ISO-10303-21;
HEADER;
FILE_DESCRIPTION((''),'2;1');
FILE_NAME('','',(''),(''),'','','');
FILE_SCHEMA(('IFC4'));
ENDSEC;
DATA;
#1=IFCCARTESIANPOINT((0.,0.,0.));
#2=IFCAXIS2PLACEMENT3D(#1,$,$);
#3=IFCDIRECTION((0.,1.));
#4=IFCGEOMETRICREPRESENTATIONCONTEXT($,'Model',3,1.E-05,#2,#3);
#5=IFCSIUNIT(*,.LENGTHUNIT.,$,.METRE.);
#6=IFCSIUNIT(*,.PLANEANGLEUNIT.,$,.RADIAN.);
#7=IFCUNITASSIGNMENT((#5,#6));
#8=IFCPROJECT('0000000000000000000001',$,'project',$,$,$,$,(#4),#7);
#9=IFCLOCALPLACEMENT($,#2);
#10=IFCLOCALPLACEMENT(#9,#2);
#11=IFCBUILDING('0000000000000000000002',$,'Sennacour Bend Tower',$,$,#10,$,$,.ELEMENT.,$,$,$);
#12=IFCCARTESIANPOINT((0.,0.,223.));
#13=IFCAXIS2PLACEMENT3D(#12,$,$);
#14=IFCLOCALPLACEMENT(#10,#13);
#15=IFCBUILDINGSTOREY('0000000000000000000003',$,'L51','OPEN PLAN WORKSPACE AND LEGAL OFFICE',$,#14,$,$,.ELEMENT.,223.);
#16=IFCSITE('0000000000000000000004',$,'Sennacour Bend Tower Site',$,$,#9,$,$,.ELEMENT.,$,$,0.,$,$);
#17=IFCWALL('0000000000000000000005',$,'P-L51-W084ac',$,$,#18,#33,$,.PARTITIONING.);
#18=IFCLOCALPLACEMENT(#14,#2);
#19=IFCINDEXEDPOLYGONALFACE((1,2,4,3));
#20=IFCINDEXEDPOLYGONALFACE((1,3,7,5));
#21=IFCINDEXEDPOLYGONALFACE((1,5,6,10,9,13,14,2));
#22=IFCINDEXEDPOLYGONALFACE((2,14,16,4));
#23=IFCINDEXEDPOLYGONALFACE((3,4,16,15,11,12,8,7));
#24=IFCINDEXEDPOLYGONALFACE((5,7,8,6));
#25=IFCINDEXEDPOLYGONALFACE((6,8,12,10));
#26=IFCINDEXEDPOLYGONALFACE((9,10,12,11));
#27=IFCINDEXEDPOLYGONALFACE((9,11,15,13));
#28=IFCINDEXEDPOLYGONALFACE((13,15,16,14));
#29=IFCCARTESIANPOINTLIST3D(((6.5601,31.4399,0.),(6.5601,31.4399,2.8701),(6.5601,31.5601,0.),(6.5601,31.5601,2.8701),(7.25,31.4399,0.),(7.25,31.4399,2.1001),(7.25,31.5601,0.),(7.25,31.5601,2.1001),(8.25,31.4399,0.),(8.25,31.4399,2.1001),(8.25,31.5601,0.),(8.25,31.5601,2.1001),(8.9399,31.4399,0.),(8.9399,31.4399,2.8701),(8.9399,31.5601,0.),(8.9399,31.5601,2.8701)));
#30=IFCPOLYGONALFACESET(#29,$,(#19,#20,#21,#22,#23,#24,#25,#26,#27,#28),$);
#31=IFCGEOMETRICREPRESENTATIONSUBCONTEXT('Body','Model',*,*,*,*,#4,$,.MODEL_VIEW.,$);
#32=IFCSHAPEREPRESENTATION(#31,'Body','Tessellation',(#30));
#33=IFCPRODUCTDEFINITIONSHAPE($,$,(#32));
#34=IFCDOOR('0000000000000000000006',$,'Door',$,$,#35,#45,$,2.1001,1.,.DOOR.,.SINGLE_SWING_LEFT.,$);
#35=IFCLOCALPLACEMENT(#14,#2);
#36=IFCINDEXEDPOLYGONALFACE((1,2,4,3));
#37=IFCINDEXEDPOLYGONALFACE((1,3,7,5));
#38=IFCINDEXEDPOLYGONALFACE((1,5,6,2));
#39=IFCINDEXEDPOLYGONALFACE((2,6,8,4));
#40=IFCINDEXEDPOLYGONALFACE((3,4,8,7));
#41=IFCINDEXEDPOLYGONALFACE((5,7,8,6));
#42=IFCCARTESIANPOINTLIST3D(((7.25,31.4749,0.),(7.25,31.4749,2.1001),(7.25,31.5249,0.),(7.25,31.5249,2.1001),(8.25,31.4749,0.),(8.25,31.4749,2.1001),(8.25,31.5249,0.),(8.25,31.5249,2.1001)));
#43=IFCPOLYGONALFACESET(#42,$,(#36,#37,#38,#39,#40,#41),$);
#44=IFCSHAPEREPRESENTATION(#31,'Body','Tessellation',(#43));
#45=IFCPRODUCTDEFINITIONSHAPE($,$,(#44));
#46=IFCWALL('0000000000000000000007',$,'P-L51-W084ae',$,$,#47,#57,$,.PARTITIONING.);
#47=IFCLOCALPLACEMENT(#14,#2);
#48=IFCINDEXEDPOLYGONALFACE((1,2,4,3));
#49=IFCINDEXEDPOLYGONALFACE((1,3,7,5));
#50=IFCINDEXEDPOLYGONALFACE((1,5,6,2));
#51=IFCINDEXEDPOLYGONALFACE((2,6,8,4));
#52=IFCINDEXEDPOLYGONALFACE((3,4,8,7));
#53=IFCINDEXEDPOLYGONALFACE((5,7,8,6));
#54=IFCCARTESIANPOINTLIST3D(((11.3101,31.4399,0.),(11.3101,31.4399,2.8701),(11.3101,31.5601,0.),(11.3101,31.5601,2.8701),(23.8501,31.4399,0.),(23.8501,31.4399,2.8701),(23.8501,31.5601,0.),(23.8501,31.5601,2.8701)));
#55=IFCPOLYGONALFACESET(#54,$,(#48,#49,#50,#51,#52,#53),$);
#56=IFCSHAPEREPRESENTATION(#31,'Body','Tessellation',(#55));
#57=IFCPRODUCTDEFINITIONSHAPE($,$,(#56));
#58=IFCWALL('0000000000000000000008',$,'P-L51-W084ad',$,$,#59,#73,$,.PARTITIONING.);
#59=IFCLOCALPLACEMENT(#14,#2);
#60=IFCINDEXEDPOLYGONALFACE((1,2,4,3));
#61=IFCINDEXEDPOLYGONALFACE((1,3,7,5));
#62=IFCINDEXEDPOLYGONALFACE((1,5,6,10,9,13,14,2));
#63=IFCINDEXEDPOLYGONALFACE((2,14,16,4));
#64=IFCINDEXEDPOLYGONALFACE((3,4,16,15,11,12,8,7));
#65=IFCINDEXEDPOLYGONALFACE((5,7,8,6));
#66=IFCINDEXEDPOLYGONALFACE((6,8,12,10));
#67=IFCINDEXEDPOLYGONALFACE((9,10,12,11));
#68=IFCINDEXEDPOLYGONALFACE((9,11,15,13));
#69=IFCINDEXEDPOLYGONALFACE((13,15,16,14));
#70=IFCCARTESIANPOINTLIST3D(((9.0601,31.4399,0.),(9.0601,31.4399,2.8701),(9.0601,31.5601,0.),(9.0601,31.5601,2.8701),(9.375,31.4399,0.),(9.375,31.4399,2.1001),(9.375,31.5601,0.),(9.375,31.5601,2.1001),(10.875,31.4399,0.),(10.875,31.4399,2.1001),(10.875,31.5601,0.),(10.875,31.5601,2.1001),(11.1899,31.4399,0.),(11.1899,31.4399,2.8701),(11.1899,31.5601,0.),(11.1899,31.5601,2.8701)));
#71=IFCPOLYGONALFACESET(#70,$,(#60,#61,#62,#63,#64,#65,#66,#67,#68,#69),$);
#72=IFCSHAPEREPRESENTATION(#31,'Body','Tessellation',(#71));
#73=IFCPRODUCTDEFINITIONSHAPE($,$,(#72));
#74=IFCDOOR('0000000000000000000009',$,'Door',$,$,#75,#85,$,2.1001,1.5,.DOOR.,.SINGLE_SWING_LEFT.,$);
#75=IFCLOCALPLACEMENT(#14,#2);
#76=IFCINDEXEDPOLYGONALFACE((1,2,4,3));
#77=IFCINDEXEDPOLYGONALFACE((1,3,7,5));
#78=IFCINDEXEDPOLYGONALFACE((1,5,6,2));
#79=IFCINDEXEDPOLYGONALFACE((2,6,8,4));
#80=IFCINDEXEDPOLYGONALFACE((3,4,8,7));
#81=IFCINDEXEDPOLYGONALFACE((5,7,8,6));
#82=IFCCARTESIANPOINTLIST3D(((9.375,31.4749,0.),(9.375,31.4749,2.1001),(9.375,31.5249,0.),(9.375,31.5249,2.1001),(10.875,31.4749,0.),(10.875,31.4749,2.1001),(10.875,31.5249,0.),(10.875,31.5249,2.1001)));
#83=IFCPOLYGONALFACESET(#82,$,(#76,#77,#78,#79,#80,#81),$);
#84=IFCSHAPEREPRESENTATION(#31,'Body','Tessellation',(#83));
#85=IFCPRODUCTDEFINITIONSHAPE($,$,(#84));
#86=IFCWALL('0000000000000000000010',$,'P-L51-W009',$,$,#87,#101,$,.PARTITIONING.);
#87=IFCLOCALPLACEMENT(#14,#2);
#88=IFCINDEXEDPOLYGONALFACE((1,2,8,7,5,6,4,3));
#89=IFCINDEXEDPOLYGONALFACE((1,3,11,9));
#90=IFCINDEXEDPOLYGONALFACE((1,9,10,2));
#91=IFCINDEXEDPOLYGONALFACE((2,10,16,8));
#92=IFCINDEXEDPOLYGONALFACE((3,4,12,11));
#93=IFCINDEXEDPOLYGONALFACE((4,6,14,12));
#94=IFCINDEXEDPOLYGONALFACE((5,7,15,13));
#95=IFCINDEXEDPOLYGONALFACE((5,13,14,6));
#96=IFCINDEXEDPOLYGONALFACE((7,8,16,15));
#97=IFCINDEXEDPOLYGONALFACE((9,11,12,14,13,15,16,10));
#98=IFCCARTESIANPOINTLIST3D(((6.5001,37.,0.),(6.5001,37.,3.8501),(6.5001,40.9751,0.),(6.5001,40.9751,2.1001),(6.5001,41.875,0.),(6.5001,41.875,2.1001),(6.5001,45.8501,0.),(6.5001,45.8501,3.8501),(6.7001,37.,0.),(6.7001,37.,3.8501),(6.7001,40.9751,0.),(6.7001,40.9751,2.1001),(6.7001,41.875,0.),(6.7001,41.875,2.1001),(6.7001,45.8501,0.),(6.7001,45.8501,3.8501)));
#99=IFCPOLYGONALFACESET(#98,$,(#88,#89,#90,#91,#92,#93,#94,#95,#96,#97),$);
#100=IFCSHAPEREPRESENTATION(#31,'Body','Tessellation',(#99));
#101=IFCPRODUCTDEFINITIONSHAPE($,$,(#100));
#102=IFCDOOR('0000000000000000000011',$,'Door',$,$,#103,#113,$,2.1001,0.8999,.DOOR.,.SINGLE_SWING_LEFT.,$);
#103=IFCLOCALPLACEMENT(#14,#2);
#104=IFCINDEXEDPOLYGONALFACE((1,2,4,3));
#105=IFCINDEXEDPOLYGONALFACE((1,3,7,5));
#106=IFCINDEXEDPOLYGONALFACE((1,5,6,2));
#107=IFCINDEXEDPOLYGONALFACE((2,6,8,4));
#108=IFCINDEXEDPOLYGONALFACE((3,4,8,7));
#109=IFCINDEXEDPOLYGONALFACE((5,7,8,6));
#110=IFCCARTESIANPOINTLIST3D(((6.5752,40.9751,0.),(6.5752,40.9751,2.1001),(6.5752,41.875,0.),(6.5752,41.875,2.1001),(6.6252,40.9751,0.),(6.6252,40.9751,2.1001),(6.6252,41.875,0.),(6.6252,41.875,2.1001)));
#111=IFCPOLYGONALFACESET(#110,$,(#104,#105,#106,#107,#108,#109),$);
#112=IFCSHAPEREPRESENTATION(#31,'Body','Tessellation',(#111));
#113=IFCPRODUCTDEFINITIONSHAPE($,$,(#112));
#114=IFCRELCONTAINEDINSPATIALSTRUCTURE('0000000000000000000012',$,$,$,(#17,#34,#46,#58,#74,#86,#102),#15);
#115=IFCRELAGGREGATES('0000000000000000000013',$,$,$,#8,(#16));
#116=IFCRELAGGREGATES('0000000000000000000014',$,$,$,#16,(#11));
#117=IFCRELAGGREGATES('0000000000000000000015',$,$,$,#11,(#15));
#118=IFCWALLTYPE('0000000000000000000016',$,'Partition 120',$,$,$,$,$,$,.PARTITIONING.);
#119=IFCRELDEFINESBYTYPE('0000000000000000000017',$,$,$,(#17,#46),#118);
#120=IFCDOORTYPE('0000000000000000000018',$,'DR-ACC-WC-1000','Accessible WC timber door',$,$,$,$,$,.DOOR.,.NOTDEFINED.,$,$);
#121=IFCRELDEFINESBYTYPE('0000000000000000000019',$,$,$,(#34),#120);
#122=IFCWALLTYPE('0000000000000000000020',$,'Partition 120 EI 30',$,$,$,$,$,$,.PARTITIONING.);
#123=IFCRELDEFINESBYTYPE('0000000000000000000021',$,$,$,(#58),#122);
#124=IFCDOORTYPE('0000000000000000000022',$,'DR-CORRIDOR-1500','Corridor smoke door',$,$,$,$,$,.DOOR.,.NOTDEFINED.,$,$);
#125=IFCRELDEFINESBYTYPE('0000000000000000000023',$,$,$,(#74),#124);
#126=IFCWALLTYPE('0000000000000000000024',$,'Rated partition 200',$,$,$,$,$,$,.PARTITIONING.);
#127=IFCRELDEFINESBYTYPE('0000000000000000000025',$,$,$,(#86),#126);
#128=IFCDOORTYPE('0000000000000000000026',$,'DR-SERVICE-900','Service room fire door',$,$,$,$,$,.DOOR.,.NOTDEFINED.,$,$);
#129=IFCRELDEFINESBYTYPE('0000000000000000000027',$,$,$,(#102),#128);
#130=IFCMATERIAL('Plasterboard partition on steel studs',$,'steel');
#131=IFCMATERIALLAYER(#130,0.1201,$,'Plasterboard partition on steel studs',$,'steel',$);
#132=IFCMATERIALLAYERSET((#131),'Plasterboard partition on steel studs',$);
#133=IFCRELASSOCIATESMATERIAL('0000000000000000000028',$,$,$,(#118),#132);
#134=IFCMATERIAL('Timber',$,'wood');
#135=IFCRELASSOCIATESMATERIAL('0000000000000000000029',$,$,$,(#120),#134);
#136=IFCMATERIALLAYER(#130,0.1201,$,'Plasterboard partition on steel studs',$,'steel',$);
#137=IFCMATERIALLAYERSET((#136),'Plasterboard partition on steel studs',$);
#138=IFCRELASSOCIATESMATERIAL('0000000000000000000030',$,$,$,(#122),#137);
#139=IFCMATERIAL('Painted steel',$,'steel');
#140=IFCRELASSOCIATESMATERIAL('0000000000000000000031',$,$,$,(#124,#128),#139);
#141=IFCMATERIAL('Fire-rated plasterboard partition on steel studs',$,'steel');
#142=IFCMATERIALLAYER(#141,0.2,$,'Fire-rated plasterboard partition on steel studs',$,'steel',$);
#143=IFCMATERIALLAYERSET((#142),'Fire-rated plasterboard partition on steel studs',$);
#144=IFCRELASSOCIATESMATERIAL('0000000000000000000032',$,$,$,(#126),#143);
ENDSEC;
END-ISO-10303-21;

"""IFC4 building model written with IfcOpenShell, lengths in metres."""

from ifc_helpers import new_model, si_unit, direction, frame, frame_2d, origin, place, context, subcontext, project, spatial, rectangle, extrude, material, layer, layer_set, type_object, element, fill, save


model = new_model("IFC4")

# Units and contexts
model_context = context("Model", 3, precision=1e-05, world=origin(), true_north=direction((0.0, 1.0)))
body_context = subcontext(model_context, "Body", "Model", "MODEL_VIEW")
ifc_project = project(units=[si_unit("LENGTHUNIT", "METRE"), si_unit("PLANEANGLEUNIT", "RADIAN")], contexts=[model_context])

# Site, building, storey
site_placement = place(None, origin())
site = spatial("IfcSite", under=ifc_project, at=site_placement, Name="Sennacour Bend Tower Site", CompositionType="ELEMENT", RefElevation=0.0)
building_placement = place(site_placement, origin())
building = spatial("IfcBuilding", under=site, at=building_placement, Name="Sennacour Bend Tower", CompositionType="ELEMENT")
storey_placement = place(building_placement, frame((0.0, 0.0, 223.0)))
storey = spatial("IfcBuildingStorey", under=building, at=storey_placement, Name="L51", Description="OPEN PLAN WORKSPACE AND LEGAL OFFICE", CompositionType="ELEMENT", Elevation=223.0)

# Shared definitions
ifc_material_1 = material(Name="Plasterboard partition on steel studs", Category="steel")
ifc_layer_1 = layer(ifc_material_1, 0.1201, Name="Plasterboard partition on steel studs", Category="steel")
ifc_layer_set_1 = layer_set([ifc_layer_1], Name="Plasterboard partition on steel studs")
wall_type_1 = type_object("IfcWallType", Name="Partition 120", PredefinedType="PARTITIONING", material=ifc_layer_set_1)

# Wall, opening, door
wall_1_placement = place(storey_placement, frame((6.5601, 31.5, 0.0), z_axis=(0.0, 0.0, 1.0), x_axis=(1.0, 0.0, 0.0)))
wall_1 = element("IfcWall", 1, at=wall_1_placement, inside=storey, type_object=wall_type_1, Name="P-L51-W084ac", PredefinedType="PARTITIONING", context=body_context, shape_type="SweptSolid", body=[
    extrude(rectangle(XDim=2.3799, YDim=0.1201, at=frame_2d((1.1899, 0.0))), origin(), (0.0, 0.0, 1.0), 2.8701),
])
opening_1_placement = place(wall_1_placement, frame((0.6899, 0.0, 0.0)))
opening_1 = element("IfcOpeningElement", 2, at=opening_1_placement, cuts=wall_1, PredefinedType="OPENING", context=body_context, shape_type="SweptSolid", body=[
    extrude(rectangle(XDim=1.0, YDim=2.1001, at=frame_2d((0.5, 1.05))), frame((0.0, 0.0701, 0.0), z_axis=(0.0, -1.0, 0.0), x_axis=(1.0, 0.0, 0.0)), (0.0, 0.0, 1.0), 0.1401),
])
ifc_material_2 = material(Name="Timber", Category="wood")
door_type_1 = type_object("IfcDoorType", Name="DR-ACC-WC-1000", Description="Accessible WC timber door", OperationType="NOTDEFINED", PredefinedType="DOOR", material=ifc_material_2)
door_1_placement = place(opening_1_placement, origin())
door_1 = element("IfcDoor", 3, at=door_1_placement, inside=storey, type_object=door_type_1, Name="Door", OperationType="SINGLE_SWING_LEFT", OverallHeight=2.1001, OverallWidth=1.0, PredefinedType="DOOR", context=body_context, shape_type="SweptSolid", body=[
    extrude(rectangle(XDim=1.0, YDim=2.1001, at=frame_2d((0.5, 1.05))), frame((0.0, 0.0249, 0.0), z_axis=(0.0, -1.0, 0.0), x_axis=(1.0, 0.0, 0.0)), (0.0, 0.0, 1.0), 0.05),
])
fill(opening_1, door_1)

# Wall
wall_2_placement = place(storey_placement, frame((11.3101, 31.5, 0.0), z_axis=(0.0, 0.0, 1.0), x_axis=(1.0, 0.0, 0.0)))
element("IfcWall", 4, at=wall_2_placement, inside=storey, type_object=wall_type_1, Name="P-L51-W084ae", PredefinedType="PARTITIONING", context=body_context, shape_type="SweptSolid", body=[
    extrude(rectangle(XDim=12.54, YDim=0.1201, at=frame_2d((6.27, 0.0))), origin(), (0.0, 0.0, 1.0), 2.8701),
])

# Walls, openings, doors
ifc_layer_2 = layer(ifc_material_1, 0.1201, Name="Plasterboard partition on steel studs", Category="steel")
ifc_layer_set_2 = layer_set([ifc_layer_2], Name="Plasterboard partition on steel studs")
wall_type_2 = type_object("IfcWallType", Name="Partition 120 EI 30", PredefinedType="PARTITIONING", material=ifc_layer_set_2)
wall_3_placement = place(storey_placement, frame((9.0601, 31.5, 0.0), z_axis=(0.0, 0.0, 1.0), x_axis=(1.0, 0.0, 0.0)))
wall_3 = element("IfcWall", 5, at=wall_3_placement, inside=storey, type_object=wall_type_2, Name="P-L51-W084ad", PredefinedType="PARTITIONING", context=body_context, shape_type="SweptSolid", body=[
    extrude(rectangle(XDim=2.1299, YDim=0.1201, at=frame_2d((1.0649, 0.0))), origin(), (0.0, 0.0, 1.0), 2.8701),
])
opening_2_placement = place(wall_3_placement, frame((0.3149, 0.0, 0.0)))
opening_2 = element("IfcOpeningElement", 6, at=opening_2_placement, cuts=wall_3, PredefinedType="OPENING", context=body_context, shape_type="SweptSolid", body=[
    extrude(rectangle(XDim=1.5, YDim=2.1001, at=frame_2d((0.75, 1.05))), frame((0.0, 0.0701, 0.0), z_axis=(0.0, -1.0, 0.0), x_axis=(1.0, 0.0, 0.0)), (0.0, 0.0, 1.0), 0.1401),
])
ifc_material_3 = material(Name="Painted steel", Category="steel")
door_type_2 = type_object("IfcDoorType", Name="DR-CORRIDOR-1500", Description="Corridor smoke door", OperationType="NOTDEFINED", PredefinedType="DOOR", material=ifc_material_3)
door_2_placement = place(opening_2_placement, origin())
door_2 = element("IfcDoor", 7, at=door_2_placement, inside=storey, type_object=door_type_2, Name="Door", OperationType="SINGLE_SWING_LEFT", OverallHeight=2.1001, OverallWidth=1.5, PredefinedType="DOOR", context=body_context, shape_type="SweptSolid", body=[
    extrude(rectangle(XDim=1.5, YDim=2.1001, at=frame_2d((0.75, 1.05))), frame((0.0, 0.0249, 0.0), z_axis=(0.0, -1.0, 0.0), x_axis=(1.0, 0.0, 0.0)), (0.0, 0.0, 1.0), 0.05),
])
fill(opening_2, door_2)
ifc_material_4 = material(Name="Fire-rated plasterboard partition on steel studs", Category="steel")
ifc_layer_3 = layer(ifc_material_4, 0.2, Name="Fire-rated plasterboard partition on steel studs", Category="steel")
ifc_layer_set_3 = layer_set([ifc_layer_3], Name="Fire-rated plasterboard partition on steel studs")
wall_type_3 = type_object("IfcWallType", Name="Rated partition 200", PredefinedType="PARTITIONING", material=ifc_layer_set_3)
wall_4_placement = place(storey_placement, frame((6.6001, 37.0, 0.0), z_axis=(0.0, 0.0, 1.0), x_axis=(0.0, 1.0, 0.0)))
wall_4 = element("IfcWall", 8, at=wall_4_placement, inside=storey, type_object=wall_type_3, Name="P-L51-W009", PredefinedType="PARTITIONING", context=body_context, shape_type="SweptSolid", body=[
    extrude(rectangle(XDim=8.8501, YDim=0.2, at=frame_2d((4.425, 0.0))), origin(), (0.0, 0.0, 1.0), 3.8501),
])
opening_3_placement = place(wall_4_placement, frame((3.9751, 0.0, 0.0)))
opening_3 = element("IfcOpeningElement", 9, at=opening_3_placement, cuts=wall_4, PredefinedType="OPENING", context=body_context, shape_type="SweptSolid", body=[
    extrude(rectangle(XDim=0.8999, YDim=2.1001, at=frame_2d((0.45, 1.05))), frame((0.0, 0.1099, 0.0), z_axis=(0.0, -1.0, 0.0), x_axis=(1.0, 0.0, 0.0)), (0.0, 0.0, 1.0), 0.22),
])
door_type_3 = type_object("IfcDoorType", Name="DR-SERVICE-900", Description="Service room fire door", OperationType="NOTDEFINED", PredefinedType="DOOR", material=ifc_material_3)
door_3_placement = place(opening_3_placement, origin())
door_3 = element("IfcDoor", 10, at=door_3_placement, inside=storey, type_object=door_type_3, Name="Door", OperationType="SINGLE_SWING_LEFT", OverallHeight=2.1001, OverallWidth=0.8999, PredefinedType="DOOR", context=body_context, shape_type="SweptSolid", body=[
    extrude(rectangle(XDim=0.8999, YDim=2.1001, at=frame_2d((0.45, 1.05))), frame((0.0, 0.0249, 0.0), z_axis=(0.0, -1.0, 0.0), x_axis=(1.0, 0.0, 0.0)), (0.0, 0.0, 1.0), 0.05),
])
fill(opening_3, door_3)

save(model, "model.ifc")
